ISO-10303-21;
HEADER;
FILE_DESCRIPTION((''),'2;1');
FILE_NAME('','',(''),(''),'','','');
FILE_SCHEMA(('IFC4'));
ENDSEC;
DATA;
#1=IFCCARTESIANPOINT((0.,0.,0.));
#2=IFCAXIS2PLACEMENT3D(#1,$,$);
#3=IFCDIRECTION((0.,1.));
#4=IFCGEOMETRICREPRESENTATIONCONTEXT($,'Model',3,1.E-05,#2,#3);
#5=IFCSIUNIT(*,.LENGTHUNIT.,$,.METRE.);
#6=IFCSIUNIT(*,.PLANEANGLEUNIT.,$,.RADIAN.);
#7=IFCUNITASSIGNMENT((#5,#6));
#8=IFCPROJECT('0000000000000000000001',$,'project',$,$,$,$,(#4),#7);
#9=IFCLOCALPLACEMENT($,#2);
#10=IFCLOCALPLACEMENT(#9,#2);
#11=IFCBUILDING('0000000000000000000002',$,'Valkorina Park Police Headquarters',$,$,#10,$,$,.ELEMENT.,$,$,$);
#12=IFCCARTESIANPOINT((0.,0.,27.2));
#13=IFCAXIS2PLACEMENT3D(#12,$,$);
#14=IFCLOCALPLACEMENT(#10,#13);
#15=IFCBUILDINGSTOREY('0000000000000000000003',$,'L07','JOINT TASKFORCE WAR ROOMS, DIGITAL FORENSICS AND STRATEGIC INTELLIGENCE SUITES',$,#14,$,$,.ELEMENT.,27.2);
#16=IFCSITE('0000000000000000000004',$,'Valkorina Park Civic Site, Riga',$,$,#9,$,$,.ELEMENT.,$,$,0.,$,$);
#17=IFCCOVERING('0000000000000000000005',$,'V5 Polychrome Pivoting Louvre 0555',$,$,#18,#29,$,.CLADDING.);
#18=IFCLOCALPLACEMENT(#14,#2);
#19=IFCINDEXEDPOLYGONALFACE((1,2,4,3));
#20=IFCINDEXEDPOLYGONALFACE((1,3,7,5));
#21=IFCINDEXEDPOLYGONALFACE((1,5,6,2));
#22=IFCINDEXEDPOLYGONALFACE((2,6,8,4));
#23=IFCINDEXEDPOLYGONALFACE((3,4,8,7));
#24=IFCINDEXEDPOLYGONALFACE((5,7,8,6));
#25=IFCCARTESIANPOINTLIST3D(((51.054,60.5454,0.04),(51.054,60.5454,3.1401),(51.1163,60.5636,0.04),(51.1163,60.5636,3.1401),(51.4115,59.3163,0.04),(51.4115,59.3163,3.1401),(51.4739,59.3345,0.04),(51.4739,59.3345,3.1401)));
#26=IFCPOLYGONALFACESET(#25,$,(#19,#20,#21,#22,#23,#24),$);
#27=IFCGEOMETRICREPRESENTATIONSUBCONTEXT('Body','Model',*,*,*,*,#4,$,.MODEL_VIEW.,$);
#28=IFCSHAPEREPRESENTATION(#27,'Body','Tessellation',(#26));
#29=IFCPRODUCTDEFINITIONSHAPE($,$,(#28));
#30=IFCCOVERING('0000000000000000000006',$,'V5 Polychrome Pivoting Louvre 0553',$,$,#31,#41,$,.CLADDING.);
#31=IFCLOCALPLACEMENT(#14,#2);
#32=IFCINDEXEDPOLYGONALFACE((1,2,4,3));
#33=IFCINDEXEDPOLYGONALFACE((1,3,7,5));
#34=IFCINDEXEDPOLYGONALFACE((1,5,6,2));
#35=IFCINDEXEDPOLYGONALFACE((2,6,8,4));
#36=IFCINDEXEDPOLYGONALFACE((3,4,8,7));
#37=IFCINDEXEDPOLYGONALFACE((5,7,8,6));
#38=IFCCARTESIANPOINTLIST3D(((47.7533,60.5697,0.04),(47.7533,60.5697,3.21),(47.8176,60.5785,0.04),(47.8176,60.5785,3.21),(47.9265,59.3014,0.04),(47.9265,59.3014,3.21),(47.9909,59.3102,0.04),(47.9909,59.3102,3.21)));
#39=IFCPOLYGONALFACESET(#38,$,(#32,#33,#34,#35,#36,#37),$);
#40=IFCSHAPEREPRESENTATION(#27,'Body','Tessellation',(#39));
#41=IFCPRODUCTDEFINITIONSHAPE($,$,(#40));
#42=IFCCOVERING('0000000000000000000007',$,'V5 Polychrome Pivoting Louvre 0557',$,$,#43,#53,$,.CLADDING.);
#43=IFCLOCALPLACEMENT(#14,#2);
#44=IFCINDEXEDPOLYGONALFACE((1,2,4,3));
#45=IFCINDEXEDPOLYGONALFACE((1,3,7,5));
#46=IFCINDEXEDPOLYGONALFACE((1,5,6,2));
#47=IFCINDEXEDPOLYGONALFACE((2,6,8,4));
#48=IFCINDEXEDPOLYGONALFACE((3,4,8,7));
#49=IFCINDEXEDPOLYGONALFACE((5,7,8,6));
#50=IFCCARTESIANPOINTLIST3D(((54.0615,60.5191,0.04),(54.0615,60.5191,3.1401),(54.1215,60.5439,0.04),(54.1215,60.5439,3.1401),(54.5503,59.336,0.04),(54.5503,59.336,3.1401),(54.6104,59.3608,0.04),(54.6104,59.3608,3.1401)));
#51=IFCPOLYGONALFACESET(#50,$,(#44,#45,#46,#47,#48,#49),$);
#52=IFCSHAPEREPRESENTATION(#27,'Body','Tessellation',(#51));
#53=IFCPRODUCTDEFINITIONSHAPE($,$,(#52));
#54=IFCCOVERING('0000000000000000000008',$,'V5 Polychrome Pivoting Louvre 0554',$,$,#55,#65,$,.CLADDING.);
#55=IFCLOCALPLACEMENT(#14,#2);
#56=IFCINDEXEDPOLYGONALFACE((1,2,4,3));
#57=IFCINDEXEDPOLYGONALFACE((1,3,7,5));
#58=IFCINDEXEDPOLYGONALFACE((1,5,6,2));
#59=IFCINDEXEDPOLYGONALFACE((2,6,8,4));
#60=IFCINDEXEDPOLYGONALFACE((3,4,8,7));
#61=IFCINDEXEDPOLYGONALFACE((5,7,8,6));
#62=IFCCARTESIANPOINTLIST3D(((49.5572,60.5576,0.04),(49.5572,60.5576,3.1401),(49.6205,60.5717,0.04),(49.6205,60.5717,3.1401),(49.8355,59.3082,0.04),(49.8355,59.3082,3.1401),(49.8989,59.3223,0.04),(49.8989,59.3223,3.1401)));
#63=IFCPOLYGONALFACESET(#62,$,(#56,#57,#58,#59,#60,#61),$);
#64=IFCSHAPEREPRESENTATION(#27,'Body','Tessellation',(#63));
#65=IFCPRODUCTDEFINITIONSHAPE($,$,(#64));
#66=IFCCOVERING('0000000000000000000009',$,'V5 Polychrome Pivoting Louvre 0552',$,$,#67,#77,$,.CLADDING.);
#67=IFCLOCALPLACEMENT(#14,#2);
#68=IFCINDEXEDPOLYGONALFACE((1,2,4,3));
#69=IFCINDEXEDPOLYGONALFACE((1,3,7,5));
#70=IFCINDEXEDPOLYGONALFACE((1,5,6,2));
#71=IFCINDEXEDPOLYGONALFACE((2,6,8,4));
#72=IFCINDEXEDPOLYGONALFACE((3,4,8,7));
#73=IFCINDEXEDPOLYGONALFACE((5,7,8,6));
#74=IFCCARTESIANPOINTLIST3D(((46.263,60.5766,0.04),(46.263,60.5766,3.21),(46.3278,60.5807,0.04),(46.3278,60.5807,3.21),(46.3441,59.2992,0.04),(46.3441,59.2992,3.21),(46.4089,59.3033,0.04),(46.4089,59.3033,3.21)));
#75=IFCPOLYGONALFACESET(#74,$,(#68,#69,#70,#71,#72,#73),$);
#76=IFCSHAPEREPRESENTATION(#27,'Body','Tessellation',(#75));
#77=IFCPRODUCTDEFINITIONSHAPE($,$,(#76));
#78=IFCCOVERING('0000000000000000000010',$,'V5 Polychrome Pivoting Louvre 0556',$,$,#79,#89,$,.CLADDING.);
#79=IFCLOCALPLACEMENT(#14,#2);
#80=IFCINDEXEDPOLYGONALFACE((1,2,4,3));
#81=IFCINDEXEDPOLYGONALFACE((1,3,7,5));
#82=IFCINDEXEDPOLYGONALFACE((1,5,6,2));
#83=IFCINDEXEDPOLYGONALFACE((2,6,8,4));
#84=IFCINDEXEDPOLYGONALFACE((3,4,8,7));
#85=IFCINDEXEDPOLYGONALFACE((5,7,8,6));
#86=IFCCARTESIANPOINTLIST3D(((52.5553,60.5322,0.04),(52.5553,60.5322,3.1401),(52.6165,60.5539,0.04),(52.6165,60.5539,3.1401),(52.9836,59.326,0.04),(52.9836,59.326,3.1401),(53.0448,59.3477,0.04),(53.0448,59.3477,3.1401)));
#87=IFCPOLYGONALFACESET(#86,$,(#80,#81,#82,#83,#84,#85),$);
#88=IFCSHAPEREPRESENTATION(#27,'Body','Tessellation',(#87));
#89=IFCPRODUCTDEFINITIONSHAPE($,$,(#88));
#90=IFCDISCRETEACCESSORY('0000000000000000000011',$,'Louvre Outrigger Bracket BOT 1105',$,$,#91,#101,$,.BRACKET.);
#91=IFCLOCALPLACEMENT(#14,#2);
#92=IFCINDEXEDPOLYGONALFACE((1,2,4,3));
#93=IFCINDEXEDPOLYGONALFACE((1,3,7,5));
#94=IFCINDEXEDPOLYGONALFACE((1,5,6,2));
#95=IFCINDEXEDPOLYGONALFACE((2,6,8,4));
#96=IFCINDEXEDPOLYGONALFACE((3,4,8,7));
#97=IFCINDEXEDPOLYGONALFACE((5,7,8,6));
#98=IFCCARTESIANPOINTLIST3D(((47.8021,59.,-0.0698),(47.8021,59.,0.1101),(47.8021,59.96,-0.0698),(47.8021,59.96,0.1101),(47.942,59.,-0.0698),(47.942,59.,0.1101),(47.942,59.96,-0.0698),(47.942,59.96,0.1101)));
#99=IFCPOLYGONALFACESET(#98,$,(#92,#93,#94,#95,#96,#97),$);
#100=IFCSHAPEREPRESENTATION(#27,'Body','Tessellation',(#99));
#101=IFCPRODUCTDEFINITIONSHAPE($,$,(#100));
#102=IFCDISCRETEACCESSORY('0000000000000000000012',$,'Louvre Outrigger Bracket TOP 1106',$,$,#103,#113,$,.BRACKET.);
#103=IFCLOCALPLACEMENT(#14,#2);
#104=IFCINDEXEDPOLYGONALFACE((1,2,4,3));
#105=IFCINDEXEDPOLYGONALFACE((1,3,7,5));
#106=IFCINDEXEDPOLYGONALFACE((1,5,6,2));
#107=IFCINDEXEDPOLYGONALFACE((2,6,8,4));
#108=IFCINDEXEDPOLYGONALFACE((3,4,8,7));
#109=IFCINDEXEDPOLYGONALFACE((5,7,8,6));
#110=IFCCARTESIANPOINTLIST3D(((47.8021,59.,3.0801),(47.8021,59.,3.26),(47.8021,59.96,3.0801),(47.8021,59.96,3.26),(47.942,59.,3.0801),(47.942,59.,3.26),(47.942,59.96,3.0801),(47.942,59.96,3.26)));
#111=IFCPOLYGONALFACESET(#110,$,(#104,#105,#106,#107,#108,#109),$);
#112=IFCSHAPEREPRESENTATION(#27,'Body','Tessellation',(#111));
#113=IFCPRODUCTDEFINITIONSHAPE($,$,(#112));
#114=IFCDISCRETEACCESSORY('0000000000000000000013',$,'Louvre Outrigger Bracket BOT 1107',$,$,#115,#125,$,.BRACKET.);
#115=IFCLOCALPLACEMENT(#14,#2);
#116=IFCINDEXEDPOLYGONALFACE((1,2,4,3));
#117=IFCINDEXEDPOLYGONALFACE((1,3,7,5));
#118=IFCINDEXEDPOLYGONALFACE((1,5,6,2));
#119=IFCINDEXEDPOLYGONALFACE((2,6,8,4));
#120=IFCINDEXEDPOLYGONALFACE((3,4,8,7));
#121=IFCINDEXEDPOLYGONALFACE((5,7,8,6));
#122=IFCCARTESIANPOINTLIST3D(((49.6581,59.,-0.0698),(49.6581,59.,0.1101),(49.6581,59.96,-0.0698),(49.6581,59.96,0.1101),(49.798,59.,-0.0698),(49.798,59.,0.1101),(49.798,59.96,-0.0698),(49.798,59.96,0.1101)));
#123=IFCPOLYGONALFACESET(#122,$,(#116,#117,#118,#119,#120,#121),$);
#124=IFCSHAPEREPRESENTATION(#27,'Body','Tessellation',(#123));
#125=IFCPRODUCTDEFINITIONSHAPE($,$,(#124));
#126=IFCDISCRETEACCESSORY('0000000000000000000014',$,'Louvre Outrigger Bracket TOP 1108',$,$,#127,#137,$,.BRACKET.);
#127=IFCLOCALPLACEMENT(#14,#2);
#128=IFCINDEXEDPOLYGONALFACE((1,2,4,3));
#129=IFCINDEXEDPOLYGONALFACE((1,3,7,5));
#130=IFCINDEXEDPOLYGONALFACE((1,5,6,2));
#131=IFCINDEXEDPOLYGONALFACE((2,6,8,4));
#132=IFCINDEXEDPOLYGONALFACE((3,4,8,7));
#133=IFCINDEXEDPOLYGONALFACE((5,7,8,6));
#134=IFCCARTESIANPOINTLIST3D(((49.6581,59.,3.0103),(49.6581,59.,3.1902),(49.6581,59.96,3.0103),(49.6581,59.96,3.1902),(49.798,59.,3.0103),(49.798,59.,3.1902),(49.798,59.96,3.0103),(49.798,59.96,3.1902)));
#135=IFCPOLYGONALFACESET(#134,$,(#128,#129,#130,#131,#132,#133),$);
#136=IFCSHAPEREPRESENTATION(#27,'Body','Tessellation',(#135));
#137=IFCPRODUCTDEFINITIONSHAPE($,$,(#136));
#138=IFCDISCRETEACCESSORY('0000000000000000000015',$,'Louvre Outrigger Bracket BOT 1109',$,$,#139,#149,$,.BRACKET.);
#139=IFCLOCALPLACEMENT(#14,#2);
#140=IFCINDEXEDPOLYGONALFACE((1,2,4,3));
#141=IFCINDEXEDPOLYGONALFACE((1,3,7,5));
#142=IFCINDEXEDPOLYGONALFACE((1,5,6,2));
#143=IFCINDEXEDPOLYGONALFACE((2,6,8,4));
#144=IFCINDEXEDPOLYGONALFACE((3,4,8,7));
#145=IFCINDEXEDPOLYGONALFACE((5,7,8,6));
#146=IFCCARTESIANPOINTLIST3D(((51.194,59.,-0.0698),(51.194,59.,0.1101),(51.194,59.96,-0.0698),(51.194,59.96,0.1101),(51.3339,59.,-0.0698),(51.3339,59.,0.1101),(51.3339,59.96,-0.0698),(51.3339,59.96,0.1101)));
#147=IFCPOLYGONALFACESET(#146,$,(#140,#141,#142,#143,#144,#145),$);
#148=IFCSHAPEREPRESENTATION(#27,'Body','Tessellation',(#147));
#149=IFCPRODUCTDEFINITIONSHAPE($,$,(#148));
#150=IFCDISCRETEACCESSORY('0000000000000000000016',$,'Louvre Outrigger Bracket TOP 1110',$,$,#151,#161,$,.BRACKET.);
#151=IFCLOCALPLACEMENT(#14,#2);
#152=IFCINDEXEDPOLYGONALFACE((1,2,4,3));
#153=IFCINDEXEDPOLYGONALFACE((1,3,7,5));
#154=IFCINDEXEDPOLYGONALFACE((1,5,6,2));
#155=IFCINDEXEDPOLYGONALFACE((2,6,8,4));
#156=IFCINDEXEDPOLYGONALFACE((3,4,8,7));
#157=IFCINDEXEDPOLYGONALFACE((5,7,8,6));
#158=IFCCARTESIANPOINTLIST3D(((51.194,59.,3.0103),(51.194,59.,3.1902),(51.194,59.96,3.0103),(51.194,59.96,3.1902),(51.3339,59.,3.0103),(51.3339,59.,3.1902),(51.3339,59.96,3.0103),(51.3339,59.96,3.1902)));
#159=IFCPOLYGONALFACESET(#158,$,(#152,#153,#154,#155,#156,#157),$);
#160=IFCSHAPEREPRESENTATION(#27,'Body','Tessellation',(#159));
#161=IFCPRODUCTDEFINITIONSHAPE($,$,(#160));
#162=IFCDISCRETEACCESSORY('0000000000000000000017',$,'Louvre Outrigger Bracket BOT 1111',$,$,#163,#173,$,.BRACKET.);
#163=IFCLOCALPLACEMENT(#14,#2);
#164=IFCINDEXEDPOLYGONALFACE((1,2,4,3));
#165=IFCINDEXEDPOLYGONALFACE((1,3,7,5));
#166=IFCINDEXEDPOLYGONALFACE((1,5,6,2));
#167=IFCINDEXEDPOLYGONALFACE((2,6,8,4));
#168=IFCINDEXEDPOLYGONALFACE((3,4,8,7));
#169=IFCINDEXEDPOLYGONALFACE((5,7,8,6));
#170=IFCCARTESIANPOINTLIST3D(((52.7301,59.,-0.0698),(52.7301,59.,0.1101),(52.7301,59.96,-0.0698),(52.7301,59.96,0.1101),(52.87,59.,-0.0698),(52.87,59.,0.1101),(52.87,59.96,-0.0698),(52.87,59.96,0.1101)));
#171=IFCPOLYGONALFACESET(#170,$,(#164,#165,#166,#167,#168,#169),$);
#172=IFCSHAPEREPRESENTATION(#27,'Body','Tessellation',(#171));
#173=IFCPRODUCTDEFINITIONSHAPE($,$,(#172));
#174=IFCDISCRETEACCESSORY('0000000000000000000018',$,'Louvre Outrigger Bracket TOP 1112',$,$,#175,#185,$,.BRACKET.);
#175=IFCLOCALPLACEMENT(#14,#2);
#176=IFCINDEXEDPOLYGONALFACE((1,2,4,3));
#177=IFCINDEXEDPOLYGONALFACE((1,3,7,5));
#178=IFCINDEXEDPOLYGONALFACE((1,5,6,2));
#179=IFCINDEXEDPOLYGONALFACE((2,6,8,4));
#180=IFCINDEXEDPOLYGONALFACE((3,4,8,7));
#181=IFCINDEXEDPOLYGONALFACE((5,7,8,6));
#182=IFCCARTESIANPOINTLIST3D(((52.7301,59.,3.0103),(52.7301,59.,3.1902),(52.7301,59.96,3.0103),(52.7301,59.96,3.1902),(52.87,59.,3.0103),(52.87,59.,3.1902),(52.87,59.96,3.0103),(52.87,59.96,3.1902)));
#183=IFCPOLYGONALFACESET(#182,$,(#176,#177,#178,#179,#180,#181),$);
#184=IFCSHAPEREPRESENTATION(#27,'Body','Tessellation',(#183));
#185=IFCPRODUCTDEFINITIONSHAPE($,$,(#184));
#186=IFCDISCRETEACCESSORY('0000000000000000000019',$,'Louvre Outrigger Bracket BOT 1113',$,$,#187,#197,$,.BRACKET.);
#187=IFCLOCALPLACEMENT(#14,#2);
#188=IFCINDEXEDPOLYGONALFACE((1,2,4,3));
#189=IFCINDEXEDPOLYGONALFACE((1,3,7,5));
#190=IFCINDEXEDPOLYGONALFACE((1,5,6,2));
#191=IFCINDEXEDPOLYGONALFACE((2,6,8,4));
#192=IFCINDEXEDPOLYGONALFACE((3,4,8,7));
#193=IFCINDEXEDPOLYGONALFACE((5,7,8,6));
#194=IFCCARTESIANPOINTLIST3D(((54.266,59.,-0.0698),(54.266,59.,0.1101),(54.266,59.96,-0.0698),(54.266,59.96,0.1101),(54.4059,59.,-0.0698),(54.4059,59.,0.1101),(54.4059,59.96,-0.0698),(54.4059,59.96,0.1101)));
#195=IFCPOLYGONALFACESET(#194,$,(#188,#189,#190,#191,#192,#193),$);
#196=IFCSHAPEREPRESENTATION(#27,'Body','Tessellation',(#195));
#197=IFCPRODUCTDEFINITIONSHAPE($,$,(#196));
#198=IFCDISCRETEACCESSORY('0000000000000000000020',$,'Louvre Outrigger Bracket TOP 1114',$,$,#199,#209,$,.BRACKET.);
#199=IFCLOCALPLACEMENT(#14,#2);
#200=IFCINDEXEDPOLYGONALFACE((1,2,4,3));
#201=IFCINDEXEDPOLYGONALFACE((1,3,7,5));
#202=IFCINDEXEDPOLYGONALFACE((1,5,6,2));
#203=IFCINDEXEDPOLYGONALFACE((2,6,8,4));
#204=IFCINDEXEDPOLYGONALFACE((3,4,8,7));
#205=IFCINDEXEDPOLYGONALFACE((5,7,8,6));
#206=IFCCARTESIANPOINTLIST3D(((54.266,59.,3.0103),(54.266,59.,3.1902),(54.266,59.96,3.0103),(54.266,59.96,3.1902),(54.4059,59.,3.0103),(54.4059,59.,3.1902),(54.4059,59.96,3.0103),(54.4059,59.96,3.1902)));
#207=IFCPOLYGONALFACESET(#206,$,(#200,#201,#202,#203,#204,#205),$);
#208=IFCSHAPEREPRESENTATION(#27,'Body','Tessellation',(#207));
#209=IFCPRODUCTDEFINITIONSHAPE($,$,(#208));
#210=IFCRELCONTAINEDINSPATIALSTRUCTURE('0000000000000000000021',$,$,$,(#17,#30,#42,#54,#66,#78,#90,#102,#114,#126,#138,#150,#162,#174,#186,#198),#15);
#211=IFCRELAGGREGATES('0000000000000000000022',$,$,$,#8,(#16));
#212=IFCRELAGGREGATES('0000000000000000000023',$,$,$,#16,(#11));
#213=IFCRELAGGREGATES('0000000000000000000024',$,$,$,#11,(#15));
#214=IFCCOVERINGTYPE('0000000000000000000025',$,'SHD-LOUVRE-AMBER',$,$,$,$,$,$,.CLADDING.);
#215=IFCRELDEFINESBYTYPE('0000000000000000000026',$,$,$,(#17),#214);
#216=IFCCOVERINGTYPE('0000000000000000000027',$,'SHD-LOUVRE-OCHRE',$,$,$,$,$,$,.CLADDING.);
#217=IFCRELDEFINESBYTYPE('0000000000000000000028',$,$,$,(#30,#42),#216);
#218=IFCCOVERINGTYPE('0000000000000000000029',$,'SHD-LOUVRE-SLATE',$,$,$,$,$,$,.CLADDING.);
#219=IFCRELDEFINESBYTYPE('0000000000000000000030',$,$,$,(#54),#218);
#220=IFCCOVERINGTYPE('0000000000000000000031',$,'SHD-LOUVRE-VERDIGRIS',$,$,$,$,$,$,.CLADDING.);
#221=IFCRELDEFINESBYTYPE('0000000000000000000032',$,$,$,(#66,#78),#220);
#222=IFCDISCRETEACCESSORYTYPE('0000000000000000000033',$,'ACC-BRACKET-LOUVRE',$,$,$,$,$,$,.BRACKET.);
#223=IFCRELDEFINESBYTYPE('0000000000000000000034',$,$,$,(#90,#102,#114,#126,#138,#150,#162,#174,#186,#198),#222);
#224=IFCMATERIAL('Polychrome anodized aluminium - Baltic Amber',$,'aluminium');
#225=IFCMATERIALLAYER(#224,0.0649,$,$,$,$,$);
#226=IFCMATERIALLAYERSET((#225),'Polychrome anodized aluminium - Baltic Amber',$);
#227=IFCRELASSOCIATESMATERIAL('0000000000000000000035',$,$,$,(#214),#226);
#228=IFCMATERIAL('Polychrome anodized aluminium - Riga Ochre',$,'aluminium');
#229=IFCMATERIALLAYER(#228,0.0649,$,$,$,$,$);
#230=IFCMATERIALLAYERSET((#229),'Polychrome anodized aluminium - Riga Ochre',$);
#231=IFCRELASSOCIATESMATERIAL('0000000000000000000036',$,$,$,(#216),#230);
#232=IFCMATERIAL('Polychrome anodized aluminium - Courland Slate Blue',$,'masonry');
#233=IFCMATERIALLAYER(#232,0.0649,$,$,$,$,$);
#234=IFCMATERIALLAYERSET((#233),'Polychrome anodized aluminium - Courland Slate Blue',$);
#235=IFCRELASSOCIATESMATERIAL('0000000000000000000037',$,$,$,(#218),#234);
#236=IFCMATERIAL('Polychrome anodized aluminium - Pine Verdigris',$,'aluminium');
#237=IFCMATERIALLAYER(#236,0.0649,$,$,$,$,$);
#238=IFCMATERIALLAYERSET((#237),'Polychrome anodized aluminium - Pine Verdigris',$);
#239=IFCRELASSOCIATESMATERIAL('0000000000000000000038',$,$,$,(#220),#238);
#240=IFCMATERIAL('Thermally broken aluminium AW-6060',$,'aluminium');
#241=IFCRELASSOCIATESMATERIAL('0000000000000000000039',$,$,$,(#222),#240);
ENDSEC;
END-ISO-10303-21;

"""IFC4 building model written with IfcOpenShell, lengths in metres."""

from ifc_helpers import new_model, si_unit, direction, frame, origin, origin_2d, place, context, subcontext, project, spatial, rectangle, extrude, material, layer, layer_set, type_object, element, save


model = new_model("IFC4")

# Units and contexts
model_context = context("Model", 3, precision=1e-05, world=origin(), true_north=direction((0.0, 1.0)))
body_context = subcontext(model_context, "Body", "Model", "MODEL_VIEW")
ifc_project = project(units=[si_unit("LENGTHUNIT", "METRE"), si_unit("PLANEANGLEUNIT", "RADIAN")], contexts=[model_context])

# Site, building, storey
site_placement = place(None, origin())
site = spatial("IfcSite", under=ifc_project, at=site_placement, Name="Valkorina Park Civic Site, Riga", CompositionType="ELEMENT", RefElevation=0.0)
building_placement = place(site_placement, origin())
building = spatial("IfcBuilding", under=site, at=building_placement, Name="Valkorina Park Police Headquarters", CompositionType="ELEMENT")
storey_placement = place(building_placement, frame((0.0, 0.0, 27.2)))
storey = spatial("IfcBuildingStorey", under=building, at=storey_placement, Name="L07", Description="JOINT TASKFORCE WAR ROOMS, DIGITAL FORENSICS AND STRATEGIC INTELLIGENCE SUITES", CompositionType="ELEMENT", Elevation=27.2)

# Shared definitions
ifc_material_1 = material(Name="Thermally broken aluminium AW-6060", Category="aluminium")

# Coverings
ifc_material_2 = material(Name="Polychrome anodized aluminium - Baltic Amber", Category="aluminium")
ifc_layer_1 = layer(ifc_material_2, 0.0649)
ifc_layer_set_1 = layer_set([ifc_layer_1], Name="Polychrome anodized aluminium - Baltic Amber")
covering_type_1 = type_object("IfcCoveringType", Name="SHD-LOUVRE-AMBER", PredefinedType="CLADDING", material=ifc_layer_set_1)
covering_1_placement = place(storey_placement, frame((51.2639, 59.9399, 0.04), z_axis=(0.0, 0.0, 1.0), x_axis=(-0.279326, 0.960196, 0.0)))
element("IfcCovering", 1, at=covering_1_placement, inside=storey, type_object=covering_type_1, Name="V5 Polychrome Pivoting Louvre 0555", PredefinedType="CLADDING", context=body_context, shape_type="SweptSolid", body=[
    extrude(rectangle(XDim=1.28, YDim=0.0649, at=origin_2d()), origin(), (0.0, 0.0, 1.0), 3.1001),
])
ifc_material_3 = material(Name="Polychrome anodized aluminium - Riga Ochre", Category="aluminium")
ifc_layer_2 = layer(ifc_material_3, 0.0649)
ifc_layer_set_2 = layer_set([ifc_layer_2], Name="Polychrome anodized aluminium - Riga Ochre")
covering_type_2 = type_object("IfcCoveringType", Name="SHD-LOUVRE-OCHRE", PredefinedType="CLADDING", material=ifc_layer_set_2)
covering_2_placement = place(storey_placement, frame((47.8721, 59.9399, 0.04), z_axis=(0.0, 0.0, 1.0), x_axis=(-0.13537, 0.990795, 0.0)))
element("IfcCovering", 2, at=covering_2_placement, inside=storey, type_object=covering_type_2, Name="V5 Polychrome Pivoting Louvre 0553", PredefinedType="CLADDING", context=body_context, shape_type="SweptSolid", body=[
    extrude(rectangle(XDim=1.28, YDim=0.0649, at=origin_2d()), origin(), (0.0, 0.0, 1.0), 3.1699),
])
covering_3_placement = place(storey_placement, frame((54.3359, 59.9399, 0.04), z_axis=(0.0, 0.0, 1.0), x_axis=(-0.381877, 0.924213, 0.0)))
element("IfcCovering", 3, at=covering_3_placement, inside=storey, type_object=covering_type_2, Name="V5 Polychrome Pivoting Louvre 0557", PredefinedType="CLADDING", context=body_context, shape_type="SweptSolid", body=[
    extrude(rectangle(XDim=1.28, YDim=0.0649, at=origin_2d()), origin(), (0.0, 0.0, 1.0), 3.1001),
])
ifc_material_4 = material(Name="Polychrome anodized aluminium - Courland Slate Blue", Category="masonry")
ifc_layer_3 = layer(ifc_material_4, 0.0649)
ifc_layer_set_3 = layer_set([ifc_layer_3], Name="Polychrome anodized aluminium - Courland Slate Blue")
covering_type_3 = type_object("IfcCoveringType", Name="SHD-LOUVRE-SLATE", PredefinedType="CLADDING", material=ifc_layer_set_3)
covering_4_placement = place(storey_placement, frame((49.728, 59.9399, 0.04), z_axis=(0.0, 0.0, 1.0), x_axis=(-0.217462, 0.976069, 0.0)))
element("IfcCovering", 4, at=covering_4_placement, inside=storey, type_object=covering_type_3, Name="V5 Polychrome Pivoting Louvre 0554", PredefinedType="CLADDING", context=body_context, shape_type="SweptSolid", body=[
    extrude(rectangle(XDim=1.28, YDim=0.0649, at=origin_2d()), origin(), (0.0, 0.0, 1.0), 3.1001),
])
ifc_material_5 = material(Name="Polychrome anodized aluminium - Pine Verdigris", Category="aluminium")
ifc_layer_4 = layer(ifc_material_5, 0.0649)
ifc_layer_set_4 = layer_set([ifc_layer_4], Name="Polychrome anodized aluminium - Pine Verdigris")
covering_type_4 = type_object("IfcCoveringType", Name="SHD-LOUVRE-VERDIGRIS", PredefinedType="CLADDING", material=ifc_layer_set_4)
covering_5_placement = place(storey_placement, frame((46.3359, 59.9399, 0.04), z_axis=(0.0, 0.0, 1.0), x_axis=(-0.063313, 0.997994, 0.0)))
element("IfcCovering", 5, at=covering_5_placement, inside=storey, type_object=covering_type_4, Name="V5 Polychrome Pivoting Louvre 0552", PredefinedType="CLADDING", context=body_context, shape_type="SweptSolid", body=[
    extrude(rectangle(XDim=1.28, YDim=0.0649, at=origin_2d()), origin(), (0.0, 0.0, 1.0), 3.1699),
])
covering_6_placement = place(storey_placement, frame((52.8, 59.9399, 0.04), z_axis=(0.0, 0.0, 1.0), x_axis=(-0.334629, 0.94235, 0.0)))
element("IfcCovering", 6, at=covering_6_placement, inside=storey, type_object=covering_type_4, Name="V5 Polychrome Pivoting Louvre 0556", PredefinedType="CLADDING", context=body_context, shape_type="SweptSolid", body=[
    extrude(rectangle(XDim=1.28, YDim=0.0649, at=origin_2d()), origin(), (0.0, 0.0, 1.0), 3.1001),
])

# Discrete accessories
discrete_accessory_type = type_object("IfcDiscreteAccessoryType", Name="ACC-BRACKET-LOUVRE", PredefinedType="BRACKET", material=ifc_material_1)
for number, where, z_axis, x_axis, name in (
    (7, (47.8721, 59.48, -0.0698), (0.0, 0.0, 1.0), (0.0, 1.0, 0.0), "Louvre Outrigger Bracket BOT 1105"),
    (8, (47.8721, 59.48, 3.0801), (0.0, 0.0, 1.0), (0.0, 1.0, 0.0), "Louvre Outrigger Bracket TOP 1106"),
    (9, (49.728, 59.48, -0.0698), (0.0, 0.0, 1.0), (0.0, 1.0, 0.0), "Louvre Outrigger Bracket BOT 1107"),
    (10, (49.728, 59.48, 3.0103), (0.0, 0.0, 1.0), (0.0, 1.0, 0.0), "Louvre Outrigger Bracket TOP 1108"),
    (11, (51.2639, 59.48, -0.0698), (0.0, 0.0, 1.0), (0.0, 1.0, 0.0), "Louvre Outrigger Bracket BOT 1109"),
    (12, (51.2639, 59.48, 3.0103), (0.0, 0.0, 1.0), (0.0, 1.0, 0.0), "Louvre Outrigger Bracket TOP 1110"),
    (13, (52.8, 59.48, -0.0698), (0.0, 0.0, 1.0), (0.0, 1.0, 0.0), "Louvre Outrigger Bracket BOT 1111"),
    (14, (52.8, 59.48, 3.0103), (0.0, 0.0, 1.0), (0.0, 1.0, 0.0), "Louvre Outrigger Bracket TOP 1112"),
    (15, (54.3359, 59.48, -0.0698), (0.0, 0.0, 1.0), (0.0, 1.0, 0.0), "Louvre Outrigger Bracket BOT 1113"),
    (16, (54.3359, 59.48, 3.0103), (0.0, 0.0, 1.0), (0.0, 1.0, 0.0), "Louvre Outrigger Bracket TOP 1114"),
):
    element("IfcDiscreteAccessory", number, at=place(storey_placement, frame(where, z_axis=z_axis, x_axis=x_axis)), inside=storey, type_object=discrete_accessory_type, Name=name, PredefinedType="BRACKET", context=body_context, shape_type="SweptSolid", body=[
        extrude(rectangle(XDim=0.96, YDim=0.1399, at=origin_2d()), origin(), (0.0, 0.0, 1.0), 0.1799),
    ])

save(model, "model.ifc")
